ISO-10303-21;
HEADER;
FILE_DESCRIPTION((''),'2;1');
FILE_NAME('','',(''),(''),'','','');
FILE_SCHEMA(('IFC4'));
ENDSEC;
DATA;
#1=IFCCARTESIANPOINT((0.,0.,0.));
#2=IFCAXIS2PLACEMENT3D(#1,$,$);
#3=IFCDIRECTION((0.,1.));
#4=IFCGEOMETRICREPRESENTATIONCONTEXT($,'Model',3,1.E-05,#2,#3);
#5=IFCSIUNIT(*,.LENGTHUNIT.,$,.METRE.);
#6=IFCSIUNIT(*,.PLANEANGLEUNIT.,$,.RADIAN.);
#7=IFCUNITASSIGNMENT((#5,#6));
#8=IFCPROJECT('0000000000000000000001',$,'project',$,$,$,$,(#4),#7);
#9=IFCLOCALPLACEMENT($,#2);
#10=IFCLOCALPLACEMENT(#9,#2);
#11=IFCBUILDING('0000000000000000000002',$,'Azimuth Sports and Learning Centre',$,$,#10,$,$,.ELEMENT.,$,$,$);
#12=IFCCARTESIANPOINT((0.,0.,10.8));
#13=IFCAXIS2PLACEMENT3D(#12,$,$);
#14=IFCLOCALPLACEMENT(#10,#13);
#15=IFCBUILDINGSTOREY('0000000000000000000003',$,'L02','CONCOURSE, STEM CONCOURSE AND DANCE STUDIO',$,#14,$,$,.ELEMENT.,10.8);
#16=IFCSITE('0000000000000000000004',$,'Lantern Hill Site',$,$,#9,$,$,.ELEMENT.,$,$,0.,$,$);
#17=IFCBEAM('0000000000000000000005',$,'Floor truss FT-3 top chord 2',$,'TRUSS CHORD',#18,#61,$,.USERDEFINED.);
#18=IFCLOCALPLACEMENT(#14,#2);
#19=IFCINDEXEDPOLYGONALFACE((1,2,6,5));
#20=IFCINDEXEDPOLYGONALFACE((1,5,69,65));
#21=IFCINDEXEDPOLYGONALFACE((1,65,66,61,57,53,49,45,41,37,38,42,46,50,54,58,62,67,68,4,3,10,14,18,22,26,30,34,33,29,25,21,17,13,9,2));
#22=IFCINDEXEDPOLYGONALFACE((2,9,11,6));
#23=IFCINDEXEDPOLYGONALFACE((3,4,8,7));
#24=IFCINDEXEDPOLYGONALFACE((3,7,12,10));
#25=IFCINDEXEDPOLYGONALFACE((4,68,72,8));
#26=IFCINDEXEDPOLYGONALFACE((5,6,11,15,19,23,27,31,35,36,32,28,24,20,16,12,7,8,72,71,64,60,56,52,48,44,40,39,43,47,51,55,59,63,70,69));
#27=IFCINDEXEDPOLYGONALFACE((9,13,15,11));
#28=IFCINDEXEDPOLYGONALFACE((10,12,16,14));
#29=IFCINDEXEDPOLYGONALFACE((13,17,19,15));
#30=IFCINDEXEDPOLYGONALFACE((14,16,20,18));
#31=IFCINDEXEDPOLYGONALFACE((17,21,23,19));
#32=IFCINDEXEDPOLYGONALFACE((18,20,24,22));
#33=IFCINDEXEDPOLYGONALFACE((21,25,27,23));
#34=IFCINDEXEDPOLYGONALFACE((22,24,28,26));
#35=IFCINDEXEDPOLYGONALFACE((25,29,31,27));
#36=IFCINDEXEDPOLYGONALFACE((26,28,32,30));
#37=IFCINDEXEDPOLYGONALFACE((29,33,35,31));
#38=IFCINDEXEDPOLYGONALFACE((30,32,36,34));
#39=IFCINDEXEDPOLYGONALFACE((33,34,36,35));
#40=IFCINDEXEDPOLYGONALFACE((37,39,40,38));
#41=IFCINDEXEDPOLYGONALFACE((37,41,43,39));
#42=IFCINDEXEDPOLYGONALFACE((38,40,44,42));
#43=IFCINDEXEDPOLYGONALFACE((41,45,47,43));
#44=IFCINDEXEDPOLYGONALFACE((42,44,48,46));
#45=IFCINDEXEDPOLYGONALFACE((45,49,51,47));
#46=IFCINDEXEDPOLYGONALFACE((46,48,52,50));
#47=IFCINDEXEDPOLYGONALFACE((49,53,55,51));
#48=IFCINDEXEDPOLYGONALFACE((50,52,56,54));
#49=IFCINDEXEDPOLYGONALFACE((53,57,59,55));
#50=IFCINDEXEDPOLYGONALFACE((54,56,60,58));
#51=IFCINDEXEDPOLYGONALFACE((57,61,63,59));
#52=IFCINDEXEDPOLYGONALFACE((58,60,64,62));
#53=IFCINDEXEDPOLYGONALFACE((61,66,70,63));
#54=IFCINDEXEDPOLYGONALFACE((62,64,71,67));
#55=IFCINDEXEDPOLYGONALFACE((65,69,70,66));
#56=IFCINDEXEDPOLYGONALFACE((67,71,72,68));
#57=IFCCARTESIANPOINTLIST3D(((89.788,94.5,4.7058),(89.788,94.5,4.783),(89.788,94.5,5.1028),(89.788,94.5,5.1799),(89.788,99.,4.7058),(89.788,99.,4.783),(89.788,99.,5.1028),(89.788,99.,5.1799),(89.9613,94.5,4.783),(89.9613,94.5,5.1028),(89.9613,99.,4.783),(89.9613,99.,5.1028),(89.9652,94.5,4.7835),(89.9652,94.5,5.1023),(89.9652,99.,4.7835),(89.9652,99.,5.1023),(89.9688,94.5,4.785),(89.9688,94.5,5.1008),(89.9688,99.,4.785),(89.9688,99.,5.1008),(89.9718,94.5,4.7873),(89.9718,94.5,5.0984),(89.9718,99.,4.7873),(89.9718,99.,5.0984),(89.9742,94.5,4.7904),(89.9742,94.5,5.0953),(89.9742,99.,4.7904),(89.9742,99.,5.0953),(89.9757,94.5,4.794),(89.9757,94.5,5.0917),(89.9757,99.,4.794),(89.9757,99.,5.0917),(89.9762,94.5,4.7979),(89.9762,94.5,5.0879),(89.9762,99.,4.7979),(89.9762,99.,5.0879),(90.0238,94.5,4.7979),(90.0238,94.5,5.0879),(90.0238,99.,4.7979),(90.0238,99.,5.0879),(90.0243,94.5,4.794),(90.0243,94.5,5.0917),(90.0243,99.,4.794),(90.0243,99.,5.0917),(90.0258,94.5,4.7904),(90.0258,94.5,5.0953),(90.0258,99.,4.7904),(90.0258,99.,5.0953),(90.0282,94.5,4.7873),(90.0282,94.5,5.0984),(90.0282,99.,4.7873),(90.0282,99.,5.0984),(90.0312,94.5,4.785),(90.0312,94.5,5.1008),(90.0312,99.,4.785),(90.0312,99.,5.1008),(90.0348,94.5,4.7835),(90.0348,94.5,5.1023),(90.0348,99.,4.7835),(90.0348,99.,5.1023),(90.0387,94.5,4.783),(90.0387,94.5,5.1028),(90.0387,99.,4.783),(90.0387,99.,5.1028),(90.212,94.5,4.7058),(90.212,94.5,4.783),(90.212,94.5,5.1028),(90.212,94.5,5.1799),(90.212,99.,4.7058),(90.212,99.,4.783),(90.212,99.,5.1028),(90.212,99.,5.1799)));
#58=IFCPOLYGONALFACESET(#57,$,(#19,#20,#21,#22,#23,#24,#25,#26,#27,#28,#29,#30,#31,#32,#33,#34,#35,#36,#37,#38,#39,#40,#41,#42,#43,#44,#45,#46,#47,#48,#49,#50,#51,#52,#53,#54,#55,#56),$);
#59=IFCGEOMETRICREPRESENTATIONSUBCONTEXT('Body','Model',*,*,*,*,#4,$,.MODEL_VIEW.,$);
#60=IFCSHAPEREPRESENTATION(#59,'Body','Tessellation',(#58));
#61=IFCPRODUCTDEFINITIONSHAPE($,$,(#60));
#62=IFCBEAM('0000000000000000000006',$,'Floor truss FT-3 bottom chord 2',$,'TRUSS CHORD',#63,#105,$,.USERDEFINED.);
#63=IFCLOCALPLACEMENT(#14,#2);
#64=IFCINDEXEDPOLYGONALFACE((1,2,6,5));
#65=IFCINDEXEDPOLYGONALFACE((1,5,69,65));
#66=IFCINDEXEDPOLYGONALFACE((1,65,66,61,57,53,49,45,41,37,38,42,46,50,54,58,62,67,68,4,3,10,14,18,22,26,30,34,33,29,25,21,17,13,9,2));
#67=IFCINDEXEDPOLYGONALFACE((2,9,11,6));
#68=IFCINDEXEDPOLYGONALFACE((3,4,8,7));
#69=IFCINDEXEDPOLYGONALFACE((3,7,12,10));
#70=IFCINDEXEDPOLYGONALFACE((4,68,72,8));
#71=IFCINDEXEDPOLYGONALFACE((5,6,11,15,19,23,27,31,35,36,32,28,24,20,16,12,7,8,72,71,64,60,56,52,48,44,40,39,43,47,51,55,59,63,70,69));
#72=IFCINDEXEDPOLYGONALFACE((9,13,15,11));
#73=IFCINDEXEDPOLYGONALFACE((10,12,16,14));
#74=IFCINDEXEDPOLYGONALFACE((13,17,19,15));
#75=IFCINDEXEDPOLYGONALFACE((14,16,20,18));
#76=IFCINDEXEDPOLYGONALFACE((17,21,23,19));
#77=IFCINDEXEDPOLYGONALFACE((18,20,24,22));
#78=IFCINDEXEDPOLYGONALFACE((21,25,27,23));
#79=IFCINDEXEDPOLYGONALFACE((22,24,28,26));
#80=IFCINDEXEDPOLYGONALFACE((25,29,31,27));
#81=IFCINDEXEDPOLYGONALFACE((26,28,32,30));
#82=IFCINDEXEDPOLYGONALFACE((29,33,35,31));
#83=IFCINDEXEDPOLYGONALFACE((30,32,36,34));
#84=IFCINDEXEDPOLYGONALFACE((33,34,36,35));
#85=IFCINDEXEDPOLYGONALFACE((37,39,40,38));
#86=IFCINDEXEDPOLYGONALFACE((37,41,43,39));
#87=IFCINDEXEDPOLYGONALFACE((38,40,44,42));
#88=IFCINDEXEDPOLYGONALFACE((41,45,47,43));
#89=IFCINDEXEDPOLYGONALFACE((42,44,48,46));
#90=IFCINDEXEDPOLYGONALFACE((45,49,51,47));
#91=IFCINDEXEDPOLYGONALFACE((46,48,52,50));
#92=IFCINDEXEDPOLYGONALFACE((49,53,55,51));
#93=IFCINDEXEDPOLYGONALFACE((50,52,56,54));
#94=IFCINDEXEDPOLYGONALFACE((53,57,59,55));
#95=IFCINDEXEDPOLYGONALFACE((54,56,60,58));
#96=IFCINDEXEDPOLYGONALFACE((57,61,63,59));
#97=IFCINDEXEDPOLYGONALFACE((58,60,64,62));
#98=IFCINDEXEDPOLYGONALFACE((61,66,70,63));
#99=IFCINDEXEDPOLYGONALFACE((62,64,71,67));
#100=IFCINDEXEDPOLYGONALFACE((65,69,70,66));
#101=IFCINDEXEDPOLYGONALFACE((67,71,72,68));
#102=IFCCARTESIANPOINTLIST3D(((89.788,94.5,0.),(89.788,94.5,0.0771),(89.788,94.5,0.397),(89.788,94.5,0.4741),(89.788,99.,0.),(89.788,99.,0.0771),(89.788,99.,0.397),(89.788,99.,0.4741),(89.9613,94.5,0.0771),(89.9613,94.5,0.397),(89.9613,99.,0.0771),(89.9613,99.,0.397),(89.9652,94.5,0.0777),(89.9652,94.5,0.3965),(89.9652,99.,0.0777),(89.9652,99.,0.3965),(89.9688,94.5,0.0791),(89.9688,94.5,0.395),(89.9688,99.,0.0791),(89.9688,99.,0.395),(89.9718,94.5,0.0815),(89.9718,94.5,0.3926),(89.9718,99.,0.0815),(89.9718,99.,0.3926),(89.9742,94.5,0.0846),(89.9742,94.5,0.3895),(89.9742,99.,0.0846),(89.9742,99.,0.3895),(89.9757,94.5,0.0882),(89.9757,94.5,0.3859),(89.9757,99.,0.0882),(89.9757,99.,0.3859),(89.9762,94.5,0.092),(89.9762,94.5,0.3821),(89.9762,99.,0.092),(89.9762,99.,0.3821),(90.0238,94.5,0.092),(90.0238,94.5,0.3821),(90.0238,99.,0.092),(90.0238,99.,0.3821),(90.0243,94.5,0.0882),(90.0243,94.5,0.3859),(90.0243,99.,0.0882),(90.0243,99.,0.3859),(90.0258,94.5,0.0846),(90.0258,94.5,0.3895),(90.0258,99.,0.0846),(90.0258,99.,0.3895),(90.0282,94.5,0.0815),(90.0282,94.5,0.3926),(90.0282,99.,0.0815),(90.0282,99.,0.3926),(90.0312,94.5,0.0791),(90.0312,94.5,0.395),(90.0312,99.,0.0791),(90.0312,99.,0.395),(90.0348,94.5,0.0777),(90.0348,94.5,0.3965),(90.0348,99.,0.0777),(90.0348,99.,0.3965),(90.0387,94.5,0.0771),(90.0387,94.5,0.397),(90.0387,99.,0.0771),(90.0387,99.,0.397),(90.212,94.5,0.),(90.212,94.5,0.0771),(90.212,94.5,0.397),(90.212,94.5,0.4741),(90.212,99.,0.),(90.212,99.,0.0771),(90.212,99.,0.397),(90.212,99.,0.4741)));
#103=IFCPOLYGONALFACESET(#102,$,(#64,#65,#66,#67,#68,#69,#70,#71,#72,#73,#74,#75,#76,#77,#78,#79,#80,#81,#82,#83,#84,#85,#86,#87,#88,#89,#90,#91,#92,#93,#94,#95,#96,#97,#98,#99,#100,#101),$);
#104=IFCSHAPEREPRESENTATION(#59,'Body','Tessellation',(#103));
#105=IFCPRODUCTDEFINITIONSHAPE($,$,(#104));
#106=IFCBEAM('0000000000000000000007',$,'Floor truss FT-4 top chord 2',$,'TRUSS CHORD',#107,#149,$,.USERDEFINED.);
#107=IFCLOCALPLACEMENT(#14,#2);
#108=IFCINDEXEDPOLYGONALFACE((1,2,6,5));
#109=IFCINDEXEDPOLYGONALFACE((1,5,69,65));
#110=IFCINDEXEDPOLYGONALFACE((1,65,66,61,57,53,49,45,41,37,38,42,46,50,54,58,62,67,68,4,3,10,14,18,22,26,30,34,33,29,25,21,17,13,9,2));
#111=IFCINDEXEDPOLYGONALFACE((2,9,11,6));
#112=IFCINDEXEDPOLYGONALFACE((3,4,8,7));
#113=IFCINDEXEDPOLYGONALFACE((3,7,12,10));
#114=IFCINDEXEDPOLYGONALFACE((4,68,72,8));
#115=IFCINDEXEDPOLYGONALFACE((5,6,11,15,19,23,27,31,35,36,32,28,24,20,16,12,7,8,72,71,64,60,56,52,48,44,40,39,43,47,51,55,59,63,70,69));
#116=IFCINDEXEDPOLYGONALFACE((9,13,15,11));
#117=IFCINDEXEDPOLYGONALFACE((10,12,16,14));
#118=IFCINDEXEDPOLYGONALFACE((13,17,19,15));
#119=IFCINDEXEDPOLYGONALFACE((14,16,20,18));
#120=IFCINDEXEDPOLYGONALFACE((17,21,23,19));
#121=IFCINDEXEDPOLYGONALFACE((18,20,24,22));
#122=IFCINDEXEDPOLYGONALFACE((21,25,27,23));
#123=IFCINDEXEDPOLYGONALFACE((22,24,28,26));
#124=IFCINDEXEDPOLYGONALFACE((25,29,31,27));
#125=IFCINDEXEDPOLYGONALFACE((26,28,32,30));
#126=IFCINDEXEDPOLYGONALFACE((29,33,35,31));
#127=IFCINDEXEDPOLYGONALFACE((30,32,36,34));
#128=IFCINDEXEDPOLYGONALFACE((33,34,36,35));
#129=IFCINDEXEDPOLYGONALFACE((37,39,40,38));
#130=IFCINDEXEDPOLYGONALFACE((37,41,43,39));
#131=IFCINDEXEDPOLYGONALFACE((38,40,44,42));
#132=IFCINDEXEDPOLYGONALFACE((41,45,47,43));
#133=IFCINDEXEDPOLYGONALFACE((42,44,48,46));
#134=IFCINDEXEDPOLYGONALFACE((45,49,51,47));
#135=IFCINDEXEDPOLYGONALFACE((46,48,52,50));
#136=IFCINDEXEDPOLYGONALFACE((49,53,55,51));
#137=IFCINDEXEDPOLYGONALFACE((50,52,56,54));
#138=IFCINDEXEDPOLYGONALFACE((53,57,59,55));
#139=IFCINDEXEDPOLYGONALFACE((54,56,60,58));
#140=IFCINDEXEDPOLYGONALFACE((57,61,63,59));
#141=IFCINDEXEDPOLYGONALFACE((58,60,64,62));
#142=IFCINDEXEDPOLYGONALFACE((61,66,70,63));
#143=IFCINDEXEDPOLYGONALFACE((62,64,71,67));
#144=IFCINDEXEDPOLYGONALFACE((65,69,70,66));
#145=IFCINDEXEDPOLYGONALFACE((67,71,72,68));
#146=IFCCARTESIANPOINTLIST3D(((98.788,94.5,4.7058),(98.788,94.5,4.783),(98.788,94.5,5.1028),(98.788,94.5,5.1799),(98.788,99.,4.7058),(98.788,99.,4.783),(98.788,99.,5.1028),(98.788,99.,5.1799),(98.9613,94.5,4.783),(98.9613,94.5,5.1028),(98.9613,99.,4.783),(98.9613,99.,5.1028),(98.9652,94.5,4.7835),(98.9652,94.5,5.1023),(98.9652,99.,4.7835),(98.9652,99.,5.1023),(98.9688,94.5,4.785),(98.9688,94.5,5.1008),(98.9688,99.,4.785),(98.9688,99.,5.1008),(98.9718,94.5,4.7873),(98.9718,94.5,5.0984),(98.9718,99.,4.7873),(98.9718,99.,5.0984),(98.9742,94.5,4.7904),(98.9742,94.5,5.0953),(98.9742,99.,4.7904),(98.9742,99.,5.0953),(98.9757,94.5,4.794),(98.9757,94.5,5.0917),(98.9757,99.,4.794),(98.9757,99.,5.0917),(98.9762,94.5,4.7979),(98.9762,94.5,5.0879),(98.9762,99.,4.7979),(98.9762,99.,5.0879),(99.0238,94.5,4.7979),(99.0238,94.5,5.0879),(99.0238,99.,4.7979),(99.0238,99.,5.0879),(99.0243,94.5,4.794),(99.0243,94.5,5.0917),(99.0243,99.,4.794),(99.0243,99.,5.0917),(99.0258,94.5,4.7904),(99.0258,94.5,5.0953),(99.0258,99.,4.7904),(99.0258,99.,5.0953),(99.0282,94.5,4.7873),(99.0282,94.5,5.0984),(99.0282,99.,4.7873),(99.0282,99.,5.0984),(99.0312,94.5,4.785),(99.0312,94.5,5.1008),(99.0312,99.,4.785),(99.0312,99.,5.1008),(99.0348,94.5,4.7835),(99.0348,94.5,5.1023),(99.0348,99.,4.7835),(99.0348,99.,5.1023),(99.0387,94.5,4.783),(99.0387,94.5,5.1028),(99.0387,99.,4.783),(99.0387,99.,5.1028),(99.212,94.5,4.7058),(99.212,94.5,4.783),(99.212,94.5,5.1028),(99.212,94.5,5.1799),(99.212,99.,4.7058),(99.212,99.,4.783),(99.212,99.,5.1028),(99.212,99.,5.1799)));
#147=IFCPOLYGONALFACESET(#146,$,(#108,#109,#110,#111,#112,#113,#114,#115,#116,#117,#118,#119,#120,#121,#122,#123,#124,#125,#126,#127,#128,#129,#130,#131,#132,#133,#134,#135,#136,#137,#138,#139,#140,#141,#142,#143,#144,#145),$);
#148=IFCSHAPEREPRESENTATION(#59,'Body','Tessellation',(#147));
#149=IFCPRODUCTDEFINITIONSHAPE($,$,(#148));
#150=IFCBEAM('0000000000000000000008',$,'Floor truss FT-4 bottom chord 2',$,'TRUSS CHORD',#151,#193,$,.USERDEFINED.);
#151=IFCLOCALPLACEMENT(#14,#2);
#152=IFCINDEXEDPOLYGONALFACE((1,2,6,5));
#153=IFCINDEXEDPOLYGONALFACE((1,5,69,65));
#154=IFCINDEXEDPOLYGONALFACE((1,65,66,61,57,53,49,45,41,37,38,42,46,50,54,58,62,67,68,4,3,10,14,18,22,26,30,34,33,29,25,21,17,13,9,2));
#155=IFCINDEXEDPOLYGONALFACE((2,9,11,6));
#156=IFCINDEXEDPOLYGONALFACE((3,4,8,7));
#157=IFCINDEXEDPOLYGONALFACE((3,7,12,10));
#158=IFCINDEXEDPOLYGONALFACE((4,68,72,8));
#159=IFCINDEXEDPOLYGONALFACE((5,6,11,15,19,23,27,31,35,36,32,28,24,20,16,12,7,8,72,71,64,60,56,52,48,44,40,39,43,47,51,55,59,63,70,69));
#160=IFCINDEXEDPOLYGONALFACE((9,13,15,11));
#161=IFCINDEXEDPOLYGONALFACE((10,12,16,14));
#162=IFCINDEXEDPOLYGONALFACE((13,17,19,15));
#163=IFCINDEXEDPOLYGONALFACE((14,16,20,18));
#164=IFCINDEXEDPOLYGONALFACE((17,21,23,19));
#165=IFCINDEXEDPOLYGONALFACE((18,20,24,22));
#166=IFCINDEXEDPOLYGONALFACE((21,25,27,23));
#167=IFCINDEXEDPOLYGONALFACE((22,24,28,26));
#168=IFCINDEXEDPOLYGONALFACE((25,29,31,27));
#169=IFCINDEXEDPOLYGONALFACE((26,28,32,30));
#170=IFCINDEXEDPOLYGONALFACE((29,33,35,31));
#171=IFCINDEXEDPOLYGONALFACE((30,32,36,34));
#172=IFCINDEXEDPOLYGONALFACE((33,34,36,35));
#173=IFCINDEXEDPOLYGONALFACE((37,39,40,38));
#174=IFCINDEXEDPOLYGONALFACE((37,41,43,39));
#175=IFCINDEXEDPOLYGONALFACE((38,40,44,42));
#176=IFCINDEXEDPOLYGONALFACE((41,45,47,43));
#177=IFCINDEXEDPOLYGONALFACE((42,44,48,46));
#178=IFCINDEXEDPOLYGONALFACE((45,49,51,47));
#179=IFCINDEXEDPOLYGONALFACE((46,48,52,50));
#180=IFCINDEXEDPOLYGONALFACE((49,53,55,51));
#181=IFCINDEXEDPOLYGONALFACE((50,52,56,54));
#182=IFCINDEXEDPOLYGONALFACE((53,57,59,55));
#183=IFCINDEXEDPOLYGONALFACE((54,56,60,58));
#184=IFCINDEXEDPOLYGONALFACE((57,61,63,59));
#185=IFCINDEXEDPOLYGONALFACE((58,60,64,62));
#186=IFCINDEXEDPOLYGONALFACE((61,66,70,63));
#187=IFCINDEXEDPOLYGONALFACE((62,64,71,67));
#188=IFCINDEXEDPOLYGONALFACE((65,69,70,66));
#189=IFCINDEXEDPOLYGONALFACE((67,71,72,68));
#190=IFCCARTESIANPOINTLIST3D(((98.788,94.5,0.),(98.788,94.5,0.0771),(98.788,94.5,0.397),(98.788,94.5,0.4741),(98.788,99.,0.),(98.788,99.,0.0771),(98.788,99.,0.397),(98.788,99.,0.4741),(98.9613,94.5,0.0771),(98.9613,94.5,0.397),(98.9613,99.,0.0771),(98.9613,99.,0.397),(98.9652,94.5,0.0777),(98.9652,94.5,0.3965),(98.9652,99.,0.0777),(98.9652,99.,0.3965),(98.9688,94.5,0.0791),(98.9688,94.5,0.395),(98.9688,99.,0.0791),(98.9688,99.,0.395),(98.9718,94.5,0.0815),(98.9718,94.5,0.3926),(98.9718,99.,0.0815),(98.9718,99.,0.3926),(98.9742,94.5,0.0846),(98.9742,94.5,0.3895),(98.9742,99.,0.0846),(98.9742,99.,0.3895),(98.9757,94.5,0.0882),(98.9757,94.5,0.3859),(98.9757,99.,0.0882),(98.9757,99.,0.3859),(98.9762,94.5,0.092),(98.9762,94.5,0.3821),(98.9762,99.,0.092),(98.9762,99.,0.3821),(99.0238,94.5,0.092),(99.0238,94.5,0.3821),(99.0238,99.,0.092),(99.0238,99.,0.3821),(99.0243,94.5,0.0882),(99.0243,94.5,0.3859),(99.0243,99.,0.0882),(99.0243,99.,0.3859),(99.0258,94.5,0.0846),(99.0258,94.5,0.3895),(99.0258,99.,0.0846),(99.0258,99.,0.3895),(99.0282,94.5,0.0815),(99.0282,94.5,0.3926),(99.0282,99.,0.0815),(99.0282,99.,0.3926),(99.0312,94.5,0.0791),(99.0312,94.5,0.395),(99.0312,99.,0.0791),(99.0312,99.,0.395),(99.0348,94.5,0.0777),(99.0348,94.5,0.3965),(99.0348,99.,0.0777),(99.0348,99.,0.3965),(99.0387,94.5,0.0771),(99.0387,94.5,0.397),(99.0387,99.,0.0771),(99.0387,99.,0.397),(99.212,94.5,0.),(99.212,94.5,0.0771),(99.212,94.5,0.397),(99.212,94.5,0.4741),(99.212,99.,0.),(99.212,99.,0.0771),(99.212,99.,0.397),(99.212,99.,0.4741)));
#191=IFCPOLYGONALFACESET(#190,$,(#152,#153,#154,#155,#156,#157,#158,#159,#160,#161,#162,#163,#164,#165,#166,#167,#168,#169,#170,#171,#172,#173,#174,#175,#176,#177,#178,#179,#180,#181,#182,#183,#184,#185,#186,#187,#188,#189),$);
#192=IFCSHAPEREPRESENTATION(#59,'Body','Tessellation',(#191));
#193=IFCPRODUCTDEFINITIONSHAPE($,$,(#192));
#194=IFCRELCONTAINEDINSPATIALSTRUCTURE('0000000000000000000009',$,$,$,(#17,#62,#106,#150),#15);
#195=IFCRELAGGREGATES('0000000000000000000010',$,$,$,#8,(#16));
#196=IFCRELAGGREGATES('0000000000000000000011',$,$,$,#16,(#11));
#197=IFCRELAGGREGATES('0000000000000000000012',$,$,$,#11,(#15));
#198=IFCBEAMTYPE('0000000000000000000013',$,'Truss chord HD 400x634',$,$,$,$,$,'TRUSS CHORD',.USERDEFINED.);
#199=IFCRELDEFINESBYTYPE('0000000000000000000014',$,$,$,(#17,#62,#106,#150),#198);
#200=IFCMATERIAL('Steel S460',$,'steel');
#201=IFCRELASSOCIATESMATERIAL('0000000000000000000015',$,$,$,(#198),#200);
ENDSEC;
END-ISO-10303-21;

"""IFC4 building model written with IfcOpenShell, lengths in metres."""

from ifc_helpers import new_model, si_unit, direction, frame, origin, origin_2d, place, context, subcontext, project, spatial, i_section, extrude, material, material_profile, profile_set, type_object, element, save


model = new_model("IFC4")

# Units and contexts
model_context = context("Model", 3, precision=1e-05, world=origin(), true_north=direction((0.0, 1.0)))
body_context = subcontext(model_context, "Body", "Model", "MODEL_VIEW")
ifc_project = project(units=[si_unit("LENGTHUNIT", "METRE"), si_unit("PLANEANGLEUNIT", "RADIAN")], contexts=[model_context])

# Site, building, storey
site_placement = place(None, origin())
site = spatial("IfcSite", under=ifc_project, at=site_placement, Name="Lantern Hill Site", CompositionType="ELEMENT", RefElevation=0.0)
building_placement = place(site_placement, origin())
building = spatial("IfcBuilding", under=site, at=building_placement, Name="Azimuth Sports and Learning Centre", CompositionType="ELEMENT")
storey_placement = place(building_placement, frame((0.0, 0.0, 10.8)))
storey = spatial("IfcBuildingStorey", under=building, at=storey_placement, Name="L02", Description="CONCOURSE, STEM CONCOURSE AND DANCE STUDIO", CompositionType="ELEMENT", Elevation=10.8)

# Beams
ifc_material_1 = material(Name="Steel S460", Category="steel")
ifc_material_profile_1 = material_profile(ifc_material_1, i_section(OverallWidth=0.4241, OverallDepth=0.4741, WebThickness=0.0476, FlangeThickness=0.0771, FilletRadius=0.0149, at=origin_2d()), Name="HD 400x634")
ifc_profile_set_1 = profile_set([ifc_material_profile_1], Name="Steel S460")
beam_type_1 = type_object("IfcBeamType", Name="Truss chord HD 400x634", ElementType="TRUSS CHORD", PredefinedType="USERDEFINED", material=ifc_profile_set_1)
for number, where, z_axis, x_axis, name in (
    (1, (90.0, 94.5, 4.9429), (0.0, 1.0, 0.0), (-1.0, 0.0, 0.0), "Floor truss FT-3 top chord 2"),
    (2, (90.0, 94.5, 0.2371), (0.0, 1.0, 0.0), (-1.0, 0.0, 0.0), "Floor truss FT-3 bottom chord 2"),
    (3, (99.0, 94.5, 4.9429), (0.0, 1.0, 0.0), (-1.0, 0.0, 0.0), "Floor truss FT-4 top chord 2"),
    (4, (99.0, 94.5, 0.2371), (0.0, 1.0, 0.0), (-1.0, 0.0, 0.0), "Floor truss FT-4 bottom chord 2"),
):
    element("IfcBeam", number, at=place(storey_placement, frame(where, z_axis=z_axis, x_axis=x_axis)), inside=storey, type_object=beam_type_1, Name=name, ObjectType="TRUSS CHORD", PredefinedType="USERDEFINED", context=body_context, shape_type="SweptSolid", body=[
        extrude(i_section(OverallWidth=0.4241, OverallDepth=0.4741, WebThickness=0.0476, FlangeThickness=0.0771, FilletRadius=0.0149, at=origin_2d()), origin(), (0.0, 0.0, 1.0), 4.5),
    ])

save(model, "model.ifc")
